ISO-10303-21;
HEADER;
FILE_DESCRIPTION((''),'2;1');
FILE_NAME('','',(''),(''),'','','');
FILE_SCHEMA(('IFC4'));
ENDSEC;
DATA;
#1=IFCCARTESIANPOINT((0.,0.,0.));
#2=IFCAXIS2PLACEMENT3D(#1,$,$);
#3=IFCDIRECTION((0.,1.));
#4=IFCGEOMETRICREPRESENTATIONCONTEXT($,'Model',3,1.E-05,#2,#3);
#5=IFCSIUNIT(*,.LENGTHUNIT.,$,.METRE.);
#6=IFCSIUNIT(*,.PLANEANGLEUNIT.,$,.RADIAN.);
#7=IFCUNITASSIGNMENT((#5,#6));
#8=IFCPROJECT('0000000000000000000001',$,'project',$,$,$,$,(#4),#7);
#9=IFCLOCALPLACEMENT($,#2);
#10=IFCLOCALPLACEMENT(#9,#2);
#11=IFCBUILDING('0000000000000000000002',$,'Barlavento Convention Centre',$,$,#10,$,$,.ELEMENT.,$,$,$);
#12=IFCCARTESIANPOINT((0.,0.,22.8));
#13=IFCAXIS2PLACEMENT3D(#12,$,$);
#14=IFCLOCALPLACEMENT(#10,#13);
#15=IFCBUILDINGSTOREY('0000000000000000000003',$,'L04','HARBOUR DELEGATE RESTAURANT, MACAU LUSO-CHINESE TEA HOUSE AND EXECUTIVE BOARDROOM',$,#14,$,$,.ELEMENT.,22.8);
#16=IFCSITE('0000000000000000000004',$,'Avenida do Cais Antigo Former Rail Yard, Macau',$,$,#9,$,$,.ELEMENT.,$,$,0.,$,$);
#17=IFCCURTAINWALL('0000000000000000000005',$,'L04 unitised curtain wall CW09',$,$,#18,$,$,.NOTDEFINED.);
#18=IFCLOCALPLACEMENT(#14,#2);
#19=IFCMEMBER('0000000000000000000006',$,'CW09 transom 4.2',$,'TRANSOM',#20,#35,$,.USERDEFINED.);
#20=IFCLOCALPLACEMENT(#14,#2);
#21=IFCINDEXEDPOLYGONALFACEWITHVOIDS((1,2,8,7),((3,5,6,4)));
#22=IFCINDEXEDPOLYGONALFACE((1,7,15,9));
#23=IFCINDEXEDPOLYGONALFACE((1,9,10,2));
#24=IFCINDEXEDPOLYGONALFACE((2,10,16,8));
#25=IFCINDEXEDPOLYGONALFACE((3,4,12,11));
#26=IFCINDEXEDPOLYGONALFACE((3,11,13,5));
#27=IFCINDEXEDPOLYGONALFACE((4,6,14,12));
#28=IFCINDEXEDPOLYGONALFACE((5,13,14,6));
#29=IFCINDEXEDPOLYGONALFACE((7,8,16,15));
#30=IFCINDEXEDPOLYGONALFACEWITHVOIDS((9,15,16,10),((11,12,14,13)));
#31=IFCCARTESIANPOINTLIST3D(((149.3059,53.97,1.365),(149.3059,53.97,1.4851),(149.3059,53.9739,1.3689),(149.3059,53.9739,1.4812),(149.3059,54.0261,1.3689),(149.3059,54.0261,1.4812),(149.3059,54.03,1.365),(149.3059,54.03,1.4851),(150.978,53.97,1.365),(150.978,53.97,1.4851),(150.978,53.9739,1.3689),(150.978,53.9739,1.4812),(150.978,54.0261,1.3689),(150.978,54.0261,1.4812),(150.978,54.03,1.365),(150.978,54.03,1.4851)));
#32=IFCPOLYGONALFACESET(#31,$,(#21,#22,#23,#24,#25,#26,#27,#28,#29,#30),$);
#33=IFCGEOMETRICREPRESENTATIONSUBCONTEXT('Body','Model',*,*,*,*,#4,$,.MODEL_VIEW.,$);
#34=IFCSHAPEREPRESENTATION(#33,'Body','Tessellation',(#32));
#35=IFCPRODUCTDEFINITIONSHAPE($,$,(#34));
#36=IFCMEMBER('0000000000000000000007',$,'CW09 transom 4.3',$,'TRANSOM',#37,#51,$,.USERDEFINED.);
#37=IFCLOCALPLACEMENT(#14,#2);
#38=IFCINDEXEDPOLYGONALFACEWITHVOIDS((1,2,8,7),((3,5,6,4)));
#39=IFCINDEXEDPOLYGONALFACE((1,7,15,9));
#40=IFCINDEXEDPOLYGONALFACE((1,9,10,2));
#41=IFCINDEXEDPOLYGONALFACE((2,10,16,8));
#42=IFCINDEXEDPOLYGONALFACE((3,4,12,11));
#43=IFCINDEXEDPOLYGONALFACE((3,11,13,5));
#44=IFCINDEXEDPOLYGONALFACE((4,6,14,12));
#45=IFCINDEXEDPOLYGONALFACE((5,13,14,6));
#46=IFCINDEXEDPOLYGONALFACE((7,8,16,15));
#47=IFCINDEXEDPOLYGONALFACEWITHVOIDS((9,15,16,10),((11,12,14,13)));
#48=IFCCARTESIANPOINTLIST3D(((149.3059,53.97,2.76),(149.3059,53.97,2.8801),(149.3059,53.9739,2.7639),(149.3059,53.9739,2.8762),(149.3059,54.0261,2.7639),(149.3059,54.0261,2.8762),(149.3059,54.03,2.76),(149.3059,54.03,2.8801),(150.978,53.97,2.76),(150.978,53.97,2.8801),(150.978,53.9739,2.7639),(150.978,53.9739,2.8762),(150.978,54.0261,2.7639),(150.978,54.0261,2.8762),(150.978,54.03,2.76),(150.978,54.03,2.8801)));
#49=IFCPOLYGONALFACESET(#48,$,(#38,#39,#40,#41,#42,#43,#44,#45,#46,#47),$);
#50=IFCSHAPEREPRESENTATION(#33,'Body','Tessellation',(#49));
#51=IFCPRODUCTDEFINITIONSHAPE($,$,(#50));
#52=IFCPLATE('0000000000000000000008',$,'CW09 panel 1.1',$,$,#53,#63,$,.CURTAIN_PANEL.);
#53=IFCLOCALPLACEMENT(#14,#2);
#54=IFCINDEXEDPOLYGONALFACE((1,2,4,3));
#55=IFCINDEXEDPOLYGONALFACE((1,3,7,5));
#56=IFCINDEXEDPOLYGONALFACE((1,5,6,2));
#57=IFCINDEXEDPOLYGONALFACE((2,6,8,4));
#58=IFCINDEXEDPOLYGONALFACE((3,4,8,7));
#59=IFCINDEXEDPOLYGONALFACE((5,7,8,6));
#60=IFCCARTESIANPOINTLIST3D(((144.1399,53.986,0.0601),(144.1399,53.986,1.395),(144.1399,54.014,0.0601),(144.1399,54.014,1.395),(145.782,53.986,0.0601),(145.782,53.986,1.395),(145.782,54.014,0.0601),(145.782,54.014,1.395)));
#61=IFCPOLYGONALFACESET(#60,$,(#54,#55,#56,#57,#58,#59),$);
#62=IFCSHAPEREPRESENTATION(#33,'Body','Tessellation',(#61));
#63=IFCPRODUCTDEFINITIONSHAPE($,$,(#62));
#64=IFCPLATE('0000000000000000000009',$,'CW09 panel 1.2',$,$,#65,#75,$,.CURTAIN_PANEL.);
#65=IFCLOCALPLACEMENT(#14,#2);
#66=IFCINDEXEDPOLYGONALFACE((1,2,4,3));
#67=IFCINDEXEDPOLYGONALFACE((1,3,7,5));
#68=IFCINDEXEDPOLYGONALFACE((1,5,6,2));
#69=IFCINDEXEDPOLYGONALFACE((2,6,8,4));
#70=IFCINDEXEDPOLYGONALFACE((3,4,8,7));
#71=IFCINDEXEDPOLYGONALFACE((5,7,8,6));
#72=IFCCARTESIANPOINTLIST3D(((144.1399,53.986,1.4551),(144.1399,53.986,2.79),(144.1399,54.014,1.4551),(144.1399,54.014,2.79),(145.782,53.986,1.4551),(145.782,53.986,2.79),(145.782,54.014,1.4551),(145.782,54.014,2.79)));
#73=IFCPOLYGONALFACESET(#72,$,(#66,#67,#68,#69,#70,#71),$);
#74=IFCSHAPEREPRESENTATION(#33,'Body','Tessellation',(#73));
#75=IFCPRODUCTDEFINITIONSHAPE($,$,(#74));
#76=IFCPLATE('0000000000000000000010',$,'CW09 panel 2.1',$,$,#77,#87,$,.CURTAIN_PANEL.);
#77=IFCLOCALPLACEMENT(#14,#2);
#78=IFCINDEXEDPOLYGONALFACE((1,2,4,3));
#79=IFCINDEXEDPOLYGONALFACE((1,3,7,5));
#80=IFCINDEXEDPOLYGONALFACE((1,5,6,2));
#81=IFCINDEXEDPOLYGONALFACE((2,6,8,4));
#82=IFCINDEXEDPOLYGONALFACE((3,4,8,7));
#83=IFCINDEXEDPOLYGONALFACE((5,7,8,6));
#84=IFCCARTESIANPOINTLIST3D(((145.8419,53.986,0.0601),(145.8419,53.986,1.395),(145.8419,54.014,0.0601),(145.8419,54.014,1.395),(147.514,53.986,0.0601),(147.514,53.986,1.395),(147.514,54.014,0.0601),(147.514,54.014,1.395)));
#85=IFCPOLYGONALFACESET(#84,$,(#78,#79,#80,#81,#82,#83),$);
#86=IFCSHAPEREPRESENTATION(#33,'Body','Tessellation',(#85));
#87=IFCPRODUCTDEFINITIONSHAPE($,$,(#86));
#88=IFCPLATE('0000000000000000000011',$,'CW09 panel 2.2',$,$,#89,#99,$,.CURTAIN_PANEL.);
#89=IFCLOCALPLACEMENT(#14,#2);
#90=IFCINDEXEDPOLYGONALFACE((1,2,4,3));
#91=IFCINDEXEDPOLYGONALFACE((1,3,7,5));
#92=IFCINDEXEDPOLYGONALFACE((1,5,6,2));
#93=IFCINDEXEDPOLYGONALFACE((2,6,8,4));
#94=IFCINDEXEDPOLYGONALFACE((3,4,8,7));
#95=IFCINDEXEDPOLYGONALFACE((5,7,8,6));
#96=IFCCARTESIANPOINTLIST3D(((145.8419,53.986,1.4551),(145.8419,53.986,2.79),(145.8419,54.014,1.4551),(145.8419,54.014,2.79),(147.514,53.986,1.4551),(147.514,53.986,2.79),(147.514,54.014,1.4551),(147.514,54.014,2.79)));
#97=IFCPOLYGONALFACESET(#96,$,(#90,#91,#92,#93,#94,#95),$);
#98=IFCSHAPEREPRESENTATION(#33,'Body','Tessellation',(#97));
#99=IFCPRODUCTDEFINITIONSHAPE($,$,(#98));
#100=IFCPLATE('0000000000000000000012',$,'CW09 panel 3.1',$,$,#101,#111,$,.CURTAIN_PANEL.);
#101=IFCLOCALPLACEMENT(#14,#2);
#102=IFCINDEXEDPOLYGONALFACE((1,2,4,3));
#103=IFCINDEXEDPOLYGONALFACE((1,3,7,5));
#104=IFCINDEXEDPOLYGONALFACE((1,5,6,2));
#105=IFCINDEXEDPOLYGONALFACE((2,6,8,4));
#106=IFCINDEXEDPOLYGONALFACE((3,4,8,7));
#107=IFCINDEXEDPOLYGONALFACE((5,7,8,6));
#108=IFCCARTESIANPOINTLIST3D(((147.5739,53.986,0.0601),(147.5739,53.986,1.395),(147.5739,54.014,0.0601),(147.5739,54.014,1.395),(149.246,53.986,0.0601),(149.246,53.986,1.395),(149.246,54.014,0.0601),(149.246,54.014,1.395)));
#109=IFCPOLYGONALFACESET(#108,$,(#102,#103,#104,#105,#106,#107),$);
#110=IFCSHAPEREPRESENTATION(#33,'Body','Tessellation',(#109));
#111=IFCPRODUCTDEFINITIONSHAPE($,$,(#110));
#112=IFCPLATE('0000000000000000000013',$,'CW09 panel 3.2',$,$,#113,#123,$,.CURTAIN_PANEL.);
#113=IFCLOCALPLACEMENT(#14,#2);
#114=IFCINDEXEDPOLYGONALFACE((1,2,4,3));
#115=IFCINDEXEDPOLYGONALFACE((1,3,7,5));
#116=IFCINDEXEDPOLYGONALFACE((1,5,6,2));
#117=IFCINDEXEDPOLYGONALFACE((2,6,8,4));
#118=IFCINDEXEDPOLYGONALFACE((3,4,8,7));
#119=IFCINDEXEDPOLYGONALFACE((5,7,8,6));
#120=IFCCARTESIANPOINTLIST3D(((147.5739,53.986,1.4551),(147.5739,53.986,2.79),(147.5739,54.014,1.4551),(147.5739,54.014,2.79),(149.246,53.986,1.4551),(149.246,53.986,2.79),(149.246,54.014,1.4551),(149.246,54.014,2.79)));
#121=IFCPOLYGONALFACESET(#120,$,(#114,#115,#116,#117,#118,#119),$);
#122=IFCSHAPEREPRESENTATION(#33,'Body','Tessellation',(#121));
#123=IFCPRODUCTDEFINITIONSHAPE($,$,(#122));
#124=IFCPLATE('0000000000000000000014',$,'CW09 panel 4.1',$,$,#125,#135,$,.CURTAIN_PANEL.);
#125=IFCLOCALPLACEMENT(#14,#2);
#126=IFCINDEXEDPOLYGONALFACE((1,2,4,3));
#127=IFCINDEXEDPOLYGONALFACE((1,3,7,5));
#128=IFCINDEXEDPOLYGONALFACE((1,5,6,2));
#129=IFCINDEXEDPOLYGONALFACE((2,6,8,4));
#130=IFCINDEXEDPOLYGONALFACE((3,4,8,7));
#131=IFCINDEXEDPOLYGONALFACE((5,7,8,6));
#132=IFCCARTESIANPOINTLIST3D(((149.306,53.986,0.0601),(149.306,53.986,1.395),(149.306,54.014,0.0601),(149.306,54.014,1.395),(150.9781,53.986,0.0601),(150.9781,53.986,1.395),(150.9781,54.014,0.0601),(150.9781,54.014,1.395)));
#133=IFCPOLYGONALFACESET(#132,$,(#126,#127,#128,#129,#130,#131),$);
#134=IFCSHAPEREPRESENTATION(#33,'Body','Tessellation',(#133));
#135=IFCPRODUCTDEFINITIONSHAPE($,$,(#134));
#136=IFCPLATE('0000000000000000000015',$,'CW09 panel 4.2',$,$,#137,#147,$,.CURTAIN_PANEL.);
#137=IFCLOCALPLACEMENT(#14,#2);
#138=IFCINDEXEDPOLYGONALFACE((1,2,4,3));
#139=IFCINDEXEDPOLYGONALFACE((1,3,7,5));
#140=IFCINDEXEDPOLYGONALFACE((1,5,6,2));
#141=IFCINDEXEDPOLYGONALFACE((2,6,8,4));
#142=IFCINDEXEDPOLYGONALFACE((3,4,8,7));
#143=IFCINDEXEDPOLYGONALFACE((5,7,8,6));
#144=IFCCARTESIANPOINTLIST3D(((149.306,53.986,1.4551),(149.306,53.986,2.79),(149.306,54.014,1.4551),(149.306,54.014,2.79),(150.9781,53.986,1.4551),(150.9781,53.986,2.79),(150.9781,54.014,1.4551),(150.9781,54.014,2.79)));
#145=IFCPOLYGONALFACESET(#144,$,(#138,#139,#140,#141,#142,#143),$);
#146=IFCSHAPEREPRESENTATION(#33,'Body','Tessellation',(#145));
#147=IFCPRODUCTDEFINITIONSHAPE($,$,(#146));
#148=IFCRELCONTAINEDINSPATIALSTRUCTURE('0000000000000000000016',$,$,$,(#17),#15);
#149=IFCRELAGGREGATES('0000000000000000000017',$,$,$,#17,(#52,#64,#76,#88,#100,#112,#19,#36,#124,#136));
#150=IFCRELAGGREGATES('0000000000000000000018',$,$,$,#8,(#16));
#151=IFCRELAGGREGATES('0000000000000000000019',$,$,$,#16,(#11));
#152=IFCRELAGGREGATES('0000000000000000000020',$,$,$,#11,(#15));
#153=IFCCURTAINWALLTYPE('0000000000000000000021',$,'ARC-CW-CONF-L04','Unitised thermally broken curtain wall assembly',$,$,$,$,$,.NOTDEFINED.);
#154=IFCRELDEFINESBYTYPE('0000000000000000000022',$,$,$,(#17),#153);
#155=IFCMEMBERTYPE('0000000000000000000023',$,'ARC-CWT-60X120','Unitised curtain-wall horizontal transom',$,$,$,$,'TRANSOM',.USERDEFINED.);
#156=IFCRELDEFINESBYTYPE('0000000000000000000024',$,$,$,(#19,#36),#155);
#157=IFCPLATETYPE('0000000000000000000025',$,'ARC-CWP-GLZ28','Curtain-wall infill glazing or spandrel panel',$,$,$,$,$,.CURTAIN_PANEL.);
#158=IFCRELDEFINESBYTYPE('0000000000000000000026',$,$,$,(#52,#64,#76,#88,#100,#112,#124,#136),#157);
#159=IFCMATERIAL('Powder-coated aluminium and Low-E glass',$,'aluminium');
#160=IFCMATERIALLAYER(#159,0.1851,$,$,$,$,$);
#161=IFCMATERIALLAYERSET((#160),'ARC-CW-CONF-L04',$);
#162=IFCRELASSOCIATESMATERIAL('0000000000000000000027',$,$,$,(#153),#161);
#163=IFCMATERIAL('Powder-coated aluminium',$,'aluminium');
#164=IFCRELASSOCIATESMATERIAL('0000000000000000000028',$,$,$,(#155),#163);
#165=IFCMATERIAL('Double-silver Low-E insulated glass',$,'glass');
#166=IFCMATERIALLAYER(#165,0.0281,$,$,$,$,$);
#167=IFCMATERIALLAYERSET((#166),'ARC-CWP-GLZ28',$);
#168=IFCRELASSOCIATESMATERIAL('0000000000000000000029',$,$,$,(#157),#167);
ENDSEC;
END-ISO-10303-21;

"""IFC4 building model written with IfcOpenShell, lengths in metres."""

from ifc_helpers import new_model, si_unit, direction, frame, origin, origin_2d, place, context, subcontext, project, spatial, rectangle, hollow_rectangle, extrude, material, layer, layer_set, material_profile, profile_set, type_object, element, aggregate, save


model = new_model("IFC4")

# Units and contexts
model_context = context("Model", 3, precision=1e-05, world=origin(), true_north=direction((0.0, 1.0)))
body_context = subcontext(model_context, "Body", "Model", "MODEL_VIEW")
ifc_project = project(units=[si_unit("LENGTHUNIT", "METRE"), si_unit("PLANEANGLEUNIT", "RADIAN")], contexts=[model_context])

# Site, building, storey
site_placement = place(None, origin())
site = spatial("IfcSite", under=ifc_project, at=site_placement, Name="Avenida do Cais Antigo Former Rail Yard, Macau", CompositionType="ELEMENT", RefElevation=0.0)
building_placement = place(site_placement, origin())
building = spatial("IfcBuilding", under=site, at=building_placement, Name="Barlavento Convention Centre", CompositionType="ELEMENT")
storey_placement = place(building_placement, frame((0.0, 0.0, 22.8)))
storey = spatial("IfcBuildingStorey", under=building, at=storey_placement, Name="L04", Description="HARBOUR DELEGATE RESTAURANT, MACAU LUSO-CHINESE TEA HOUSE AND EXECUTIVE BOARDROOM", CompositionType="ELEMENT", Elevation=22.8)

# Curtain wall, members, plates
ifc_material_1 = material(Name="Powder-coated aluminium and Low-E glass", Category="aluminium")
ifc_layer_1 = layer(ifc_material_1, 0.1851)
ifc_layer_set_1 = layer_set([ifc_layer_1], Name="ARC-CW-CONF-L04")
curtain_wall_type = type_object("IfcCurtainWallType", Name="ARC-CW-CONF-L04", Description="Unitised thermally broken curtain wall assembly", PredefinedType="NOTDEFINED", material=ifc_layer_set_1)
curtain_wall_placement = place(storey_placement, origin())
curtain_wall = element("IfcCurtainWall", 1, at=curtain_wall_placement, inside=storey, type_object=curtain_wall_type, Name="L04 unitised curtain wall CW09", PredefinedType="NOTDEFINED")
ifc_material_2 = material(Name="Powder-coated aluminium", Category="aluminium")
ifc_material_profile_1 = material_profile(ifc_material_2, hollow_rectangle(XDim=0.0601, YDim=0.1201, WallThickness=0.0039, at=origin_2d()), Name="AL-TRAN 60x120x4")
ifc_profile_set_1 = profile_set([ifc_material_profile_1], Name="Powder-coated aluminium")
member_type_1 = type_object("IfcMemberType", Name="ARC-CWT-60X120", Description="Unitised curtain-wall horizontal transom", ElementType="TRANSOM", PredefinedType="USERDEFINED", material=ifc_profile_set_1)
member_1_placement = place(storey_placement, frame((149.3059, 54.0, 1.425), z_axis=(1.0, 0.0, 0.0), x_axis=(0.0, 1.0, 0.0)))
member_1 = element("IfcMember", 2, at=member_1_placement, type_object=member_type_1, Name="CW09 transom 4.2", ObjectType="TRANSOM", PredefinedType="USERDEFINED", context=body_context, shape_type="SweptSolid", body=[
    extrude(hollow_rectangle(XDim=0.0601, YDim=0.1201, WallThickness=0.0039, at=origin_2d()), origin(), (0.0, 0.0, 1.0), 1.6721),
])
member_2_placement = place(storey_placement, frame((149.3059, 54.0, 2.8201), z_axis=(1.0, 0.0, 0.0), x_axis=(0.0, 1.0, 0.0)))
member_2 = element("IfcMember", 3, at=member_2_placement, type_object=member_type_1, Name="CW09 transom 4.3", ObjectType="TRANSOM", PredefinedType="USERDEFINED", context=body_context, shape_type="SweptSolid", body=[
    extrude(hollow_rectangle(XDim=0.0601, YDim=0.1201, WallThickness=0.0039, at=origin_2d()), origin(), (0.0, 0.0, 1.0), 1.6721),
])
ifc_material_3 = material(Name="Double-silver Low-E insulated glass", Category="glass")
ifc_layer_2 = layer(ifc_material_3, 0.0281)
ifc_layer_set_2 = layer_set([ifc_layer_2], Name="ARC-CWP-GLZ28")
plate_type = type_object("IfcPlateType", Name="ARC-CWP-GLZ28", Description="Curtain-wall infill glazing or spandrel panel", PredefinedType="CURTAIN_PANEL", material=ifc_layer_set_2)
plate_1_placement = place(storey_placement, frame((144.9609, 54.0, 0.0601), z_axis=(0.0, 0.0, 1.0), x_axis=(1.0, 0.0, 0.0)))
plate_1 = element("IfcPlate", 4, at=plate_1_placement, type_object=plate_type, Name="CW09 panel 1.1", PredefinedType="CURTAIN_PANEL", context=body_context, shape_type="SweptSolid", body=[
    extrude(rectangle(XDim=1.6421, YDim=0.0281, at=origin_2d()), origin(), (0.0, 0.0, 1.0), 1.335),
])
plate_2_placement = place(storey_placement, frame((144.9609, 54.0, 1.4551), z_axis=(0.0, 0.0, 1.0), x_axis=(1.0, 0.0, 0.0)))
plate_2 = element("IfcPlate", 5, at=plate_2_placement, type_object=plate_type, Name="CW09 panel 1.2", PredefinedType="CURTAIN_PANEL", context=body_context, shape_type="SweptSolid", body=[
    extrude(rectangle(XDim=1.6421, YDim=0.0281, at=origin_2d()), origin(), (0.0, 0.0, 1.0), 1.335),
])
plate_3_placement = place(storey_placement, frame((146.678, 54.0, 0.0601), z_axis=(0.0, 0.0, 1.0), x_axis=(1.0, 0.0, 0.0)))
plate_3 = element("IfcPlate", 6, at=plate_3_placement, type_object=plate_type, Name="CW09 panel 2.1", PredefinedType="CURTAIN_PANEL", context=body_context, shape_type="SweptSolid", body=[
    extrude(rectangle(XDim=1.6721, YDim=0.0281, at=origin_2d()), origin(), (0.0, 0.0, 1.0), 1.335),
])
plate_4_placement = place(storey_placement, frame((146.678, 54.0, 1.4551), z_axis=(0.0, 0.0, 1.0), x_axis=(1.0, 0.0, 0.0)))
plate_4 = element("IfcPlate", 7, at=plate_4_placement, type_object=plate_type, Name="CW09 panel 2.2", PredefinedType="CURTAIN_PANEL", context=body_context, shape_type="SweptSolid", body=[
    extrude(rectangle(XDim=1.6721, YDim=0.0281, at=origin_2d()), origin(), (0.0, 0.0, 1.0), 1.335),
])
plate_5_placement = place(storey_placement, frame((148.4099, 54.0, 0.0601), z_axis=(0.0, 0.0, 1.0), x_axis=(1.0, 0.0, 0.0)))
plate_5 = element("IfcPlate", 8, at=plate_5_placement, type_object=plate_type, Name="CW09 panel 3.1", PredefinedType="CURTAIN_PANEL", context=body_context, shape_type="SweptSolid", body=[
    extrude(rectangle(XDim=1.6721, YDim=0.0281, at=origin_2d()), origin(), (0.0, 0.0, 1.0), 1.335),
])
plate_6_placement = place(storey_placement, frame((148.4099, 54.0, 1.4551), z_axis=(0.0, 0.0, 1.0), x_axis=(1.0, 0.0, 0.0)))
plate_6 = element("IfcPlate", 9, at=plate_6_placement, type_object=plate_type, Name="CW09 panel 3.2", PredefinedType="CURTAIN_PANEL", context=body_context, shape_type="SweptSolid", body=[
    extrude(rectangle(XDim=1.6721, YDim=0.0281, at=origin_2d()), origin(), (0.0, 0.0, 1.0), 1.335),
])
plate_7_placement = place(storey_placement, frame((150.1421, 54.0, 0.0601), z_axis=(0.0, 0.0, 1.0), x_axis=(1.0, 0.0, 0.0)))
plate_7 = element("IfcPlate", 10, at=plate_7_placement, type_object=plate_type, Name="CW09 panel 4.1", PredefinedType="CURTAIN_PANEL", context=body_context, shape_type="SweptSolid", body=[
    extrude(rectangle(XDim=1.6721, YDim=0.0281, at=origin_2d()), origin(), (0.0, 0.0, 1.0), 1.335),
])
plate_8_placement = place(storey_placement, frame((150.1421, 54.0, 1.4551), z_axis=(0.0, 0.0, 1.0), x_axis=(1.0, 0.0, 0.0)))
plate_8 = element("IfcPlate", 11, at=plate_8_placement, type_object=plate_type, Name="CW09 panel 4.2", PredefinedType="CURTAIN_PANEL", context=body_context, shape_type="SweptSolid", body=[
    extrude(rectangle(XDim=1.6721, YDim=0.0281, at=origin_2d()), origin(), (0.0, 0.0, 1.0), 1.335),
])
aggregate(curtain_wall, [plate_1, plate_2, plate_3, plate_4, plate_5, plate_6, member_1, member_2, plate_7, plate_8])

save(model, "model.ifc")
